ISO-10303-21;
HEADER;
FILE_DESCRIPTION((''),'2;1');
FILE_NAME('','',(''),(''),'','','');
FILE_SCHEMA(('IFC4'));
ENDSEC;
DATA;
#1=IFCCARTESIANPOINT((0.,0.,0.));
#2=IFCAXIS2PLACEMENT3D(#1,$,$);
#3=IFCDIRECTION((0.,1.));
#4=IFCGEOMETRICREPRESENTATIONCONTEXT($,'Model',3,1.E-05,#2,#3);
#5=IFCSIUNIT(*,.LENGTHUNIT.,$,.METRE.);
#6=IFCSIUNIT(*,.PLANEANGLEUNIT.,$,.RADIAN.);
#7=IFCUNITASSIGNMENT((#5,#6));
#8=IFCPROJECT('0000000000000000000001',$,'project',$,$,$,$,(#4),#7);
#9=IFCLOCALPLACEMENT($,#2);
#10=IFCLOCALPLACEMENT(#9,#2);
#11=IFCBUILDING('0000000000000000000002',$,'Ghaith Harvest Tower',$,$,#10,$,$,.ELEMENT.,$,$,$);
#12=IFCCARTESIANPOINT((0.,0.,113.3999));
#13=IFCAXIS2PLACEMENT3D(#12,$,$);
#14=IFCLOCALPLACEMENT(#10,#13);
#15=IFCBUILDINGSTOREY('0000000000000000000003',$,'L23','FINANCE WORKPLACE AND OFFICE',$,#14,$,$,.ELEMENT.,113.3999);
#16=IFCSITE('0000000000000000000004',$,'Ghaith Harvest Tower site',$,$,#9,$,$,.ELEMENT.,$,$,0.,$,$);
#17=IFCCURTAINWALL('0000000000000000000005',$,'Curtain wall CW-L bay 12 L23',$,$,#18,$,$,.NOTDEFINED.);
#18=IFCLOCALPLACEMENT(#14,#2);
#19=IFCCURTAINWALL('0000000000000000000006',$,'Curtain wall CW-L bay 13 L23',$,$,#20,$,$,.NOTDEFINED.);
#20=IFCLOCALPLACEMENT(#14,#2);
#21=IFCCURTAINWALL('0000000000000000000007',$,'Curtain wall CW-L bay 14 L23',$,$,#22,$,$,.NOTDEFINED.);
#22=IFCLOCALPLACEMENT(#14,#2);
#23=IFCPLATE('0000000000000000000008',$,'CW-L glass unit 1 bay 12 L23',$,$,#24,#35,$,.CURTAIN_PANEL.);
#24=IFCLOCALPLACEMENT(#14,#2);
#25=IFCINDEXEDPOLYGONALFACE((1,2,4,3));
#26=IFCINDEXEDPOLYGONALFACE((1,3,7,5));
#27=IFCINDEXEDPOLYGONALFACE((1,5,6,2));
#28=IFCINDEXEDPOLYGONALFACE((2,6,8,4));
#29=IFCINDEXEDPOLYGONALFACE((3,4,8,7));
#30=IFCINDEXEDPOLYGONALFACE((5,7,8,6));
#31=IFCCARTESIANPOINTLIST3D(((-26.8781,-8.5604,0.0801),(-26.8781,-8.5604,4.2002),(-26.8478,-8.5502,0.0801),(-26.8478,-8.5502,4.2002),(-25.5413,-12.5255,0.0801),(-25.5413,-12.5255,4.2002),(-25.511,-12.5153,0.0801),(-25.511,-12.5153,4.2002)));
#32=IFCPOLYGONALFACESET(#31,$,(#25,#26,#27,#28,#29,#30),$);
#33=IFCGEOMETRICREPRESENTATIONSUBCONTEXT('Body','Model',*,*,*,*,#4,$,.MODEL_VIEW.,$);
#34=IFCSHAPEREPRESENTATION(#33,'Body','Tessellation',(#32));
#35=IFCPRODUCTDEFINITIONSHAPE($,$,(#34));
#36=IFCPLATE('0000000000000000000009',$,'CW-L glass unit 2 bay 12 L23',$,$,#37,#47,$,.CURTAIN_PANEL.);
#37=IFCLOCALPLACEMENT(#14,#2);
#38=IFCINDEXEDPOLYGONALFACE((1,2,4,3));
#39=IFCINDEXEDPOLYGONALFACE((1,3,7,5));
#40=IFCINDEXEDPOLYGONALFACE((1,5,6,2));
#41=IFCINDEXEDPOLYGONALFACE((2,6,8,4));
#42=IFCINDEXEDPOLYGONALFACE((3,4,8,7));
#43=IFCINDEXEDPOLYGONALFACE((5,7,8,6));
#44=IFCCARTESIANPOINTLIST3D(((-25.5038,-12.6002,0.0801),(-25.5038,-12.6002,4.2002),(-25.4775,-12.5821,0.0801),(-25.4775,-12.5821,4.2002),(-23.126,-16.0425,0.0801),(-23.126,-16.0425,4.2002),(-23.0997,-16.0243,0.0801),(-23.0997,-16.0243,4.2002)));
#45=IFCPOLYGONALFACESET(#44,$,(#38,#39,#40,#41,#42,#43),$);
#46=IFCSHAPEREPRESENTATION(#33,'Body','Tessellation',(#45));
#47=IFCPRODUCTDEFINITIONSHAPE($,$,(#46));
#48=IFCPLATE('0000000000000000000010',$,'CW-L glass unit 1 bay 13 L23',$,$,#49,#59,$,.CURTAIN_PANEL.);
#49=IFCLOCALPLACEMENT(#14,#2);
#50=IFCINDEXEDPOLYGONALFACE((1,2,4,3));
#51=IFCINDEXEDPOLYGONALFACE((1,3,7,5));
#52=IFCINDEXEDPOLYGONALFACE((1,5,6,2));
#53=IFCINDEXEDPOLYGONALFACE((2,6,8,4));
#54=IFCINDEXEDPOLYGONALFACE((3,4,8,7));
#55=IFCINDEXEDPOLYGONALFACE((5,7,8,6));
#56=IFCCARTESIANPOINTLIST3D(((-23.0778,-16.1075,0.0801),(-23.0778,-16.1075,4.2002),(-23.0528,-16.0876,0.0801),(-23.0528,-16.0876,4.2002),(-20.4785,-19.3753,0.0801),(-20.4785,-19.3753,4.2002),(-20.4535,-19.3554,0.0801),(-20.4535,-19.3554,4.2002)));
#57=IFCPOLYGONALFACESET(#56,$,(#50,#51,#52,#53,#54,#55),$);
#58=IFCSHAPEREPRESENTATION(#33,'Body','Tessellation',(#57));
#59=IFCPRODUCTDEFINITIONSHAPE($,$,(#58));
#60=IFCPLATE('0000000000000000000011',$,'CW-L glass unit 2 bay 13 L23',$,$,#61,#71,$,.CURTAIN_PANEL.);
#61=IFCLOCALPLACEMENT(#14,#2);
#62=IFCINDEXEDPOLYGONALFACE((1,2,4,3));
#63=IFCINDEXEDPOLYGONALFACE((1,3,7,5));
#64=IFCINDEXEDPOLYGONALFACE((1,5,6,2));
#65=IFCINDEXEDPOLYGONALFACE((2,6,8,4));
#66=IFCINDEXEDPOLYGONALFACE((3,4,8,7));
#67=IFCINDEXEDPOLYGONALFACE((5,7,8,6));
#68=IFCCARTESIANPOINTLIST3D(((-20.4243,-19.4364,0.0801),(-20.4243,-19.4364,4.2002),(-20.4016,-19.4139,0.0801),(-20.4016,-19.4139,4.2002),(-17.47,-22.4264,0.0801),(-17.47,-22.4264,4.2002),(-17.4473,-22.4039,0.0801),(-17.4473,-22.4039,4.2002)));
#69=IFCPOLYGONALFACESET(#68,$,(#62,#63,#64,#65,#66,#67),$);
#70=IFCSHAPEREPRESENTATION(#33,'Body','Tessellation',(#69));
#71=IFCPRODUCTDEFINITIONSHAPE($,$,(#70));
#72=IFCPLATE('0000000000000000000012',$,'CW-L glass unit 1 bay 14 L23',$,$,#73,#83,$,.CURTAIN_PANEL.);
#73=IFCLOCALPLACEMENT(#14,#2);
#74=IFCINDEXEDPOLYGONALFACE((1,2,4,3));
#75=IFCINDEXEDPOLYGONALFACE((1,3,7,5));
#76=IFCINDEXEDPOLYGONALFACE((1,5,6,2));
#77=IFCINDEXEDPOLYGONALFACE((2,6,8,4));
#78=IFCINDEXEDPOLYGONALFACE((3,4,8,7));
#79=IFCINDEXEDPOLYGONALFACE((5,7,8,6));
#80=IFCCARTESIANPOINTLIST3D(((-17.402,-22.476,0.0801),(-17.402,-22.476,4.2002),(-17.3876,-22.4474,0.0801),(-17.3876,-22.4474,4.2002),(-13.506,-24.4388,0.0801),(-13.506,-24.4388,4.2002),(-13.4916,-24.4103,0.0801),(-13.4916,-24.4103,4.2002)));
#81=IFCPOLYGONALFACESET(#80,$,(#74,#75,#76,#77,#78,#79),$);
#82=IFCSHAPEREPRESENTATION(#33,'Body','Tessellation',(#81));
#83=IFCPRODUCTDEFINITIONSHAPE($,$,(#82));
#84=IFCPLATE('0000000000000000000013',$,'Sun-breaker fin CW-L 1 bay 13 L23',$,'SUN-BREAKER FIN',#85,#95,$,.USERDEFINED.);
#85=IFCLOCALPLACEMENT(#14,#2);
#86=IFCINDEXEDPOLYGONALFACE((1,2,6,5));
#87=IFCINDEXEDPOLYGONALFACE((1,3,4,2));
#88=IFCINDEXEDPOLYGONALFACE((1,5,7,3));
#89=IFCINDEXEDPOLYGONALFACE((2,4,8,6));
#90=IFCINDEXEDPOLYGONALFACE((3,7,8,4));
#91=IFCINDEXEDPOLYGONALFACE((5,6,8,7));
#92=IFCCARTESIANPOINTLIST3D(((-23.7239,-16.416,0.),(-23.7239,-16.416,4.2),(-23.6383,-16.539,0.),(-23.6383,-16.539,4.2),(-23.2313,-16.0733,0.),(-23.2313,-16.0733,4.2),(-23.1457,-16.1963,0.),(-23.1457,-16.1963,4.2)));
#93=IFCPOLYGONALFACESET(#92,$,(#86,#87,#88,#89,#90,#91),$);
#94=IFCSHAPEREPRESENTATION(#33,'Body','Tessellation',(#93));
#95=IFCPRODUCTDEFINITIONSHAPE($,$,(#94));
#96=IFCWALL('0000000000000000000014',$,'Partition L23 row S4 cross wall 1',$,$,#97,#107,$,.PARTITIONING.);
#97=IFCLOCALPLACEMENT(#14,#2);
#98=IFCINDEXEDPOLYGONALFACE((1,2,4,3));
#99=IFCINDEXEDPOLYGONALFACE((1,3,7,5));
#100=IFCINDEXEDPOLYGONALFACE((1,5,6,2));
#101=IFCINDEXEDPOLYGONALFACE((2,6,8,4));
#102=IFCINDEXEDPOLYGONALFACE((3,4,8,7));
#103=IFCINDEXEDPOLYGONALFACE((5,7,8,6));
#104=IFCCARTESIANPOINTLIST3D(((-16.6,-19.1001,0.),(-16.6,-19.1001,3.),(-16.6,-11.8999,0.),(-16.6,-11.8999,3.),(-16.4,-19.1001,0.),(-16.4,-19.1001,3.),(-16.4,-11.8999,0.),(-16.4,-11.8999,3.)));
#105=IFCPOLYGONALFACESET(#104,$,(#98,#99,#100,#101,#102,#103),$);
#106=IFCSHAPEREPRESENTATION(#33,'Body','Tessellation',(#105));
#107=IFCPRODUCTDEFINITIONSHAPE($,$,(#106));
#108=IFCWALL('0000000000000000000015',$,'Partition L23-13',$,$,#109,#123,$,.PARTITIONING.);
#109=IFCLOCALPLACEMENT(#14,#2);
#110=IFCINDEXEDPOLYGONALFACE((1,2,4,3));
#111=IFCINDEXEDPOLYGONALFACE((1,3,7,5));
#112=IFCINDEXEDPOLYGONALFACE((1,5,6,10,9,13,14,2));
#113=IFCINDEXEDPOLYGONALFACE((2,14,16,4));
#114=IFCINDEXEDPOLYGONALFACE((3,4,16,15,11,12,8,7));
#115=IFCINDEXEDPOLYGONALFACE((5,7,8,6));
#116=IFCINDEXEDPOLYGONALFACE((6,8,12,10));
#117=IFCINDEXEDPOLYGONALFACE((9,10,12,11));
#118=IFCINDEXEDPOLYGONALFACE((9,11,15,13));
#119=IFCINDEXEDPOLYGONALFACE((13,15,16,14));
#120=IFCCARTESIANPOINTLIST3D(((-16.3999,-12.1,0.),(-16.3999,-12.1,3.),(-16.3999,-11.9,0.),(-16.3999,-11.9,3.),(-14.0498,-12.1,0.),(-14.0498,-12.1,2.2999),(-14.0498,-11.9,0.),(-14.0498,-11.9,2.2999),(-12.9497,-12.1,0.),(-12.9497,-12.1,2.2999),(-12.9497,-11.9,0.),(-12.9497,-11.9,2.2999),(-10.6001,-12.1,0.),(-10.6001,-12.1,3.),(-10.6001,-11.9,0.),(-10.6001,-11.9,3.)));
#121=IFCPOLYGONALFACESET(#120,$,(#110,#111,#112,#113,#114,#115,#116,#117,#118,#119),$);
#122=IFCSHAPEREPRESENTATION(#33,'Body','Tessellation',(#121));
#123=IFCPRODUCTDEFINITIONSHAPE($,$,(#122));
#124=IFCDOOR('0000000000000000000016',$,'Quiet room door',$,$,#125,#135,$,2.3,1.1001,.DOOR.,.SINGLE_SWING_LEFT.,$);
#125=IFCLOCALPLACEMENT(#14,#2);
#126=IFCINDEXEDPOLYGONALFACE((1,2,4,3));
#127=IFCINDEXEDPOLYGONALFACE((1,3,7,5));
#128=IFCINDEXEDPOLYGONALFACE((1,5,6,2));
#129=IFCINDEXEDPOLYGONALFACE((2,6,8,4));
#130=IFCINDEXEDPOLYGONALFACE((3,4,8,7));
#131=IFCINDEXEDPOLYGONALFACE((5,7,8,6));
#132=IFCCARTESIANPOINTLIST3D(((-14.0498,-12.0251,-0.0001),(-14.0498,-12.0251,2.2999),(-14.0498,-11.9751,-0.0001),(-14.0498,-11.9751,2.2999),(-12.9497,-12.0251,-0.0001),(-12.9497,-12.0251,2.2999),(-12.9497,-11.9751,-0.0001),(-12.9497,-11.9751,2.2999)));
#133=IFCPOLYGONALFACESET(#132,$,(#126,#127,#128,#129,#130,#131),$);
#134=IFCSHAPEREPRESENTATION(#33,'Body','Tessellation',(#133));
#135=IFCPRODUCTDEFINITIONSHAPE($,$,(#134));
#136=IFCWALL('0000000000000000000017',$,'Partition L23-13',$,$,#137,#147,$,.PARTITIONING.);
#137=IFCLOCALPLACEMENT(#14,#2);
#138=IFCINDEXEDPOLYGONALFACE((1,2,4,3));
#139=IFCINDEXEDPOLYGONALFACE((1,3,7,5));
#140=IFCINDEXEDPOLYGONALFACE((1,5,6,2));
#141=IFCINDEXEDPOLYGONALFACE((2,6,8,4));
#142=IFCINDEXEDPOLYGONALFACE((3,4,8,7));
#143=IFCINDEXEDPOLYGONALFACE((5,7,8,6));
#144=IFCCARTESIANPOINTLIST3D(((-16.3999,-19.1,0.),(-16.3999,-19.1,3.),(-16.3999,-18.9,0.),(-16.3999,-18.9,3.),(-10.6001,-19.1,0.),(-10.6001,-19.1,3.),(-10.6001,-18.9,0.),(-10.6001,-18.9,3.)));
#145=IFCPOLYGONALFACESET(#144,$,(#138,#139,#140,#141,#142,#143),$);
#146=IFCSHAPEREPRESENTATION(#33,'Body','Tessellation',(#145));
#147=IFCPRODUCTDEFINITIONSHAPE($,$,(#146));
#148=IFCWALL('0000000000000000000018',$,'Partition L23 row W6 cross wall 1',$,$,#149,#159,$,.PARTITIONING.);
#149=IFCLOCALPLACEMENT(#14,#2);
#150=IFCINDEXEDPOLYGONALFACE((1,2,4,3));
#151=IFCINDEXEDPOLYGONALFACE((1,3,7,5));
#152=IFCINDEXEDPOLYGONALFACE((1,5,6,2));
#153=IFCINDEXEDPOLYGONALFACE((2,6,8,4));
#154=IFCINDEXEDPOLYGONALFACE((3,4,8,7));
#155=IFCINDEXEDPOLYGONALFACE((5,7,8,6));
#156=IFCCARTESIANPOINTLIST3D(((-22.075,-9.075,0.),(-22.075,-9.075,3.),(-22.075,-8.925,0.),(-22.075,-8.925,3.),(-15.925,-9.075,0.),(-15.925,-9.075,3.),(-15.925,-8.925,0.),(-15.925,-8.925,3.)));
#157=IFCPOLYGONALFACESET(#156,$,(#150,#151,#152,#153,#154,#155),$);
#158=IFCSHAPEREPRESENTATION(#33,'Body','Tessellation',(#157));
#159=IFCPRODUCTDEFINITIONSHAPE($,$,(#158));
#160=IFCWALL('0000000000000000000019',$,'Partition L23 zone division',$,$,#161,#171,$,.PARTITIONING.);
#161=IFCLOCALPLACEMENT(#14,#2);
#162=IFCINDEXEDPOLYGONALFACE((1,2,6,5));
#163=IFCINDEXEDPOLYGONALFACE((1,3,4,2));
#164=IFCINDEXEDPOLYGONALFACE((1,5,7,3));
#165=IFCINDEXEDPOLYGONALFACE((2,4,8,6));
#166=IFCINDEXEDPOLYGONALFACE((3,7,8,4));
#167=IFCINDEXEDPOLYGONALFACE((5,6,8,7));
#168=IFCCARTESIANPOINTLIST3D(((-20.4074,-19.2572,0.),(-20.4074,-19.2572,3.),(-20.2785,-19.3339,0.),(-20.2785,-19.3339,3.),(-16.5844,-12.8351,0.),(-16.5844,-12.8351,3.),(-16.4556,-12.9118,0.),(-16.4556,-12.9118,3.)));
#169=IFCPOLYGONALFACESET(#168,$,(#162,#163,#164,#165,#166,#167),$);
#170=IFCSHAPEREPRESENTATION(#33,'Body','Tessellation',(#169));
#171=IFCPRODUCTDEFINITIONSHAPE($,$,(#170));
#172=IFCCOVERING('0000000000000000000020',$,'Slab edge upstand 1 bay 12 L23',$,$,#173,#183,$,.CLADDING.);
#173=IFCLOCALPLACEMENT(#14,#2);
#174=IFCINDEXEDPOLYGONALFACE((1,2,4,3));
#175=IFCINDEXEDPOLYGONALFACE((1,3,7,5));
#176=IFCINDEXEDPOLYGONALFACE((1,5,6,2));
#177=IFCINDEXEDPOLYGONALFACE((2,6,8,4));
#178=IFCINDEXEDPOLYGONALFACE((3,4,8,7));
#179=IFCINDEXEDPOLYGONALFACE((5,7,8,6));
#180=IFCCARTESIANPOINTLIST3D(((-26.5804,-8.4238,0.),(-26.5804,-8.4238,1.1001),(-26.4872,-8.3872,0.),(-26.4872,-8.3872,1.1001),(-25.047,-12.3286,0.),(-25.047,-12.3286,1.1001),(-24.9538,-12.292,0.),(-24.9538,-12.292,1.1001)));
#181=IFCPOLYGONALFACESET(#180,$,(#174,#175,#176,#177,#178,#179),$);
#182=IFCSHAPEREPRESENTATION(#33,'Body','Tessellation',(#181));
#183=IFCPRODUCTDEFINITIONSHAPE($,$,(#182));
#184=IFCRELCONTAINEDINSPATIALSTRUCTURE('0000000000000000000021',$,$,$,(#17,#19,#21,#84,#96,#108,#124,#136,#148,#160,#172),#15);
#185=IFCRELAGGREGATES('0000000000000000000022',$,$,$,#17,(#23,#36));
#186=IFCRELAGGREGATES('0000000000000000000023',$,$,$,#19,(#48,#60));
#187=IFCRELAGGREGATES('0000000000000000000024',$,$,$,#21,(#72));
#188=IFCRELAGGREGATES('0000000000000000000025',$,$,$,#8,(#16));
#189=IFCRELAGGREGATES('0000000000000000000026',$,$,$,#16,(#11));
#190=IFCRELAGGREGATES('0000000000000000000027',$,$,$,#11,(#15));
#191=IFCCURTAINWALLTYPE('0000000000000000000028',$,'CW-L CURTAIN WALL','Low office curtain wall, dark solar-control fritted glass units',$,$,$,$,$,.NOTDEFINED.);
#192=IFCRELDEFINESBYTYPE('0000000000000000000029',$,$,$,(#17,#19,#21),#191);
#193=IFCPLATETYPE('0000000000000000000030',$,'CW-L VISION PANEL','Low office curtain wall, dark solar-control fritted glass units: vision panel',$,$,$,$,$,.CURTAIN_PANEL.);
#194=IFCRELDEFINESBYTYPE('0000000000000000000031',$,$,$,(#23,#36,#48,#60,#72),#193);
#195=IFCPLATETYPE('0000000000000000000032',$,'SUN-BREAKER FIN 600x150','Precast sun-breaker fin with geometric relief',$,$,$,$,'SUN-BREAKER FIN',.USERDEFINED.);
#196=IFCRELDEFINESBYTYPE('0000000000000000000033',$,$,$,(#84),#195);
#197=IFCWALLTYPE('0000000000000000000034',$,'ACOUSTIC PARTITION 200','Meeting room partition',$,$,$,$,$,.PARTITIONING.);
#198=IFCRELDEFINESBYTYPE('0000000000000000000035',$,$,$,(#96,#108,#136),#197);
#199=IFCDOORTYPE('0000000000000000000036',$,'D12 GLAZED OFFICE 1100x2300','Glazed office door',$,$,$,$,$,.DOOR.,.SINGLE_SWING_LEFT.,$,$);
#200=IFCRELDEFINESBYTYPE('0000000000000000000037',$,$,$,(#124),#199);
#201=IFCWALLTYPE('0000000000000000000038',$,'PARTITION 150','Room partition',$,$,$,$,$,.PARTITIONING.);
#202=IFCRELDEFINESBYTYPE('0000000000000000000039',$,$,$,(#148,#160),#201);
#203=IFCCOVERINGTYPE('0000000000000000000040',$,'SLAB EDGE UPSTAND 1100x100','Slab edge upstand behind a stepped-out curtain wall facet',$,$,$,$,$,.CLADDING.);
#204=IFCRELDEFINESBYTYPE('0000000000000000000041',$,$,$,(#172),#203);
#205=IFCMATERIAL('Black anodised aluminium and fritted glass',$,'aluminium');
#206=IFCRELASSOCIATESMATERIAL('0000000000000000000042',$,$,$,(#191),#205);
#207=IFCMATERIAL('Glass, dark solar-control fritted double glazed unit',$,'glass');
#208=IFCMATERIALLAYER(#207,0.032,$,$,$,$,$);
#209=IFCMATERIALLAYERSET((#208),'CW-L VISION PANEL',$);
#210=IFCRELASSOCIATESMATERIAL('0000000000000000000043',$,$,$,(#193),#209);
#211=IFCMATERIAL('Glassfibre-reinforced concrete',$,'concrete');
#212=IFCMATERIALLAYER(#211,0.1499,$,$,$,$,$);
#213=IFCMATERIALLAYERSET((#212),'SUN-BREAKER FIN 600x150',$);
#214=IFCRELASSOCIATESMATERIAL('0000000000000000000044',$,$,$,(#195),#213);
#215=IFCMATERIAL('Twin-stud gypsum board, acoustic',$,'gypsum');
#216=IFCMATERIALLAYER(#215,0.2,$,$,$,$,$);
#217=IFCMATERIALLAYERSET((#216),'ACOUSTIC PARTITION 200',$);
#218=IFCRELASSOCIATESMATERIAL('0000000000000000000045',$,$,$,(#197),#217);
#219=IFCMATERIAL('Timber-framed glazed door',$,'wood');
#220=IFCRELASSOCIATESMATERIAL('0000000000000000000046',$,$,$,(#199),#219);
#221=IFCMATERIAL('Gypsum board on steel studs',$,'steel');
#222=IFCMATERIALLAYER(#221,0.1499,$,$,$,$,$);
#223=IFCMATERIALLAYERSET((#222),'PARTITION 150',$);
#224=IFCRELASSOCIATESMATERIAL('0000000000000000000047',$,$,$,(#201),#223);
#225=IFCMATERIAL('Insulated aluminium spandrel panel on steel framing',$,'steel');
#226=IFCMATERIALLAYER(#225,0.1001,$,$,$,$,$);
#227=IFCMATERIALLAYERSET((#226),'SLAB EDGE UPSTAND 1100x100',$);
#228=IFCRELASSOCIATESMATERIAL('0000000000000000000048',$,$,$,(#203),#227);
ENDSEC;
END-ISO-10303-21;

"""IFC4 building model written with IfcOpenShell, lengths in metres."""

from ifc_helpers import new_model, si_unit, direction, frame, frame_2d, origin, origin_2d, place, context, subcontext, project, spatial, rectangle, extrude, material, layer, layer_set, type_object, element, fill, aggregate, save


model = new_model("IFC4")

# Units and contexts
model_context = context("Model", 3, precision=1e-05, world=origin(), true_north=direction((0.0, 1.0)))
body_context = subcontext(model_context, "Body", "Model", "MODEL_VIEW")
ifc_project = project(units=[si_unit("LENGTHUNIT", "METRE"), si_unit("PLANEANGLEUNIT", "RADIAN")], contexts=[model_context])

# Site, building, storey
site_placement = place(None, origin())
site = spatial("IfcSite", under=ifc_project, at=site_placement, Name="Ghaith Harvest Tower site", CompositionType="ELEMENT", RefElevation=0.0)
building_placement = place(site_placement, origin())
building = spatial("IfcBuilding", under=site, at=building_placement, Name="Ghaith Harvest Tower", CompositionType="ELEMENT")
storey_placement = place(building_placement, frame((0.0, 0.0, 113.3999)))
storey = spatial("IfcBuildingStorey", under=building, at=storey_placement, Name="L23", Description="FINANCE WORKPLACE AND OFFICE", CompositionType="ELEMENT", Elevation=113.3999)

# Curtain wall
ifc_material_1 = material(Name="Black anodised aluminium and fritted glass", Category="aluminium")
curtain_wall_type = type_object("IfcCurtainWallType", Name="CW-L CURTAIN WALL", Description="Low office curtain wall, dark solar-control fritted glass units", PredefinedType="NOTDEFINED", material=ifc_material_1)
curtain_wall_1_placement = place(storey_placement, origin())
curtain_wall_1 = element("IfcCurtainWall", 1, at=curtain_wall_1_placement, inside=storey, type_object=curtain_wall_type, Name="Curtain wall CW-L bay 12 L23", PredefinedType="NOTDEFINED")

# Curtain wall
curtain_wall_2_placement = place(storey_placement, origin())
curtain_wall_2 = element("IfcCurtainWall", 2, at=curtain_wall_2_placement, inside=storey, type_object=curtain_wall_type, Name="Curtain wall CW-L bay 13 L23", PredefinedType="NOTDEFINED")

# Curtain wall
curtain_wall_3_placement = place(storey_placement, origin())
curtain_wall_3 = element("IfcCurtainWall", 3, at=curtain_wall_3_placement, inside=storey, type_object=curtain_wall_type, Name="Curtain wall CW-L bay 14 L23", PredefinedType="NOTDEFINED")

# Plates
ifc_material_2 = material(Name="Glass, dark solar-control fritted double glazed unit", Category="glass")
ifc_layer_1 = layer(ifc_material_2, 0.032)
ifc_layer_set_1 = layer_set([ifc_layer_1], Name="CW-L VISION PANEL")
plate_type_1 = type_object("IfcPlateType", Name="CW-L VISION PANEL", Description="Low office curtain wall, dark solar-control fritted glass units: vision panel", PredefinedType="CURTAIN_PANEL", material=ifc_layer_set_1)
plate_1_placement = place(storey_placement, frame((-26.1946, -10.5378, 0.0801), z_axis=(0.0, 0.0, 1.0), x_axis=(0.319477, -0.947594, 0.0)))
plate_1 = element("IfcPlate", 4, at=plate_1_placement, type_object=plate_type_1, Name="CW-L glass unit 1 bay 12 L23", PredefinedType="CURTAIN_PANEL", context=body_context, shape_type="SweptSolid", body=[
    extrude(rectangle(XDim=4.1843, YDim=0.032, at=origin_2d()), origin(), (0.0, 0.0, 1.0), 4.1201),
])
plate_2_placement = place(storey_placement, frame((-24.3018, -14.3123, 0.0801), z_axis=(0.0, 0.0, 1.0), x_axis=(0.568348, -0.822788, 0.0)))
plate_2 = element("IfcPlate", 5, at=plate_2_placement, type_object=plate_type_1, Name="CW-L glass unit 2 bay 12 L23", PredefinedType="CURTAIN_PANEL", context=body_context, shape_type="SweptSolid", body=[
    extrude(rectangle(XDim=4.1836, YDim=0.032, at=origin_2d()), origin(), (0.0, 0.0, 1.0), 4.1201),
])
aggregate(curtain_wall_1, [plate_1, plate_2])
plate_3_placement = place(storey_placement, frame((-21.7656, -17.7314, 0.0801), z_axis=(0.0, 0.0, 1.0), x_axis=(0.622507, -0.782614, 0.0)))
plate_3 = element("IfcPlate", 6, at=plate_3_placement, type_object=plate_type_1, Name="CW-L glass unit 1 bay 13 L23", PredefinedType="CURTAIN_PANEL", context=body_context, shape_type="SweptSolid", body=[
    extrude(rectangle(XDim=4.1755, YDim=0.032, at=origin_2d()), origin(), (0.0, 0.0, 1.0), 4.1201),
])
plate_4_placement = place(storey_placement, frame((-18.9358, -20.9202, 0.0801), z_axis=(0.0, 0.0, 1.0), x_axis=(0.702843, -0.711345, 0.0)))
plate_4 = element("IfcPlate", 7, at=plate_4_placement, type_object=plate_type_1, Name="CW-L glass unit 2 bay 13 L23", PredefinedType="CURTAIN_PANEL", context=body_context, shape_type="SweptSolid", body=[
    extrude(rectangle(XDim=4.2034, YDim=0.032, at=origin_2d()), origin(), (0.0, 0.0, 1.0), 4.1201),
])
aggregate(curtain_wall_2, [plate_3, plate_4])
plate_5_placement = place(storey_placement, frame((-15.4468, -23.4431, 0.0801), z_axis=(0.0, 0.0, 1.0), x_axis=(0.893062, -0.449933, 0.0)))
plate_5 = element("IfcPlate", 8, at=plate_5_placement, type_object=plate_type_1, Name="CW-L glass unit 1 bay 14 L23", PredefinedType="CURTAIN_PANEL", context=body_context, shape_type="SweptSolid", body=[
    extrude(rectangle(XDim=4.3625, YDim=0.032, at=origin_2d()), origin(), (0.0, 0.0, 1.0), 4.1201),
])
aggregate(curtain_wall_3, [plate_5])
ifc_material_3 = material(Name="Glassfibre-reinforced concrete", Category="concrete")
ifc_layer_2 = layer(ifc_material_3, 0.1499)
ifc_layer_set_2 = layer_set([ifc_layer_2], Name="SUN-BREAKER FIN 600x150")
plate_type_2 = type_object("IfcPlateType", Name="SUN-BREAKER FIN 600x150", Description="Precast sun-breaker fin with geometric relief", ElementType="SUN-BREAKER FIN", PredefinedType="USERDEFINED", material=ifc_layer_set_2)
plate_6_placement = place(storey_placement, frame((-23.4348, -16.3062, 0.0), z_axis=(0.0, 0.0, 1.0), x_axis=(-0.820845, -0.57115, 0.0)))
element("IfcPlate", 9, at=plate_6_placement, inside=storey, type_object=plate_type_2, Name="Sun-breaker fin CW-L 1 bay 13 L23", ObjectType="SUN-BREAKER FIN", PredefinedType="USERDEFINED", context=body_context, shape_type="SweptSolid", body=[
    extrude(rectangle(XDim=0.6001, YDim=0.1499, at=origin_2d()), origin(), (0.0, 0.0, 1.0), 4.2),
])

# Wall
ifc_material_4 = material(Name="Twin-stud gypsum board, acoustic", Category="gypsum")
ifc_layer_3 = layer(ifc_material_4, 0.2)
ifc_layer_set_3 = layer_set([ifc_layer_3], Name="ACOUSTIC PARTITION 200")
wall_type_1 = type_object("IfcWallType", Name="ACOUSTIC PARTITION 200", Description="Meeting room partition", PredefinedType="PARTITIONING", material=ifc_layer_set_3)
wall_1_placement = place(storey_placement, frame((-16.5, -11.8999, 0.0), z_axis=(0.0, 0.0, 1.0), x_axis=(0.0, -1.0, 0.0)))
element("IfcWall", 10, at=wall_1_placement, inside=storey, type_object=wall_type_1, Name="Partition L23 row S4 cross wall 1", PredefinedType="PARTITIONING", context=body_context, shape_type="SweptSolid", body=[
    extrude(rectangle(XDim=7.2002, YDim=0.2, at=frame_2d((3.6001, 0.0))), origin(), (0.0, 0.0, 1.0), 3.0),
])

# Wall, opening, door
wall_2_placement = place(storey_placement, frame((-16.3999, -12.0, 0.0), z_axis=(0.0, 0.0, 1.0), x_axis=(1.0, 0.0, 0.0)))
wall_2 = element("IfcWall", 11, at=wall_2_placement, inside=storey, type_object=wall_type_1, Name="Partition L23-13", PredefinedType="PARTITIONING", context=body_context, shape_type="SweptSolid", body=[
    extrude(rectangle(XDim=5.7998, YDim=0.2, at=frame_2d((2.8999, 0.0))), origin(), (0.0, 0.0, 1.0), 3.0),
])
opening_1_placement = place(wall_2_placement, frame((2.3501, 0.0, 0.0)))
opening_1 = element("IfcOpeningElement", 12, at=opening_1_placement, cuts=wall_2, PredefinedType="OPENING", context=body_context, shape_type="SweptSolid", body=[
    extrude(rectangle(XDim=1.1001, YDim=2.3, at=frame_2d((0.55, 1.1499))), frame((0.0, 0.1099, 0.0), z_axis=(0.0, -1.0, 0.0), x_axis=(1.0, 0.0, 0.0)), (0.0, 0.0, 1.0), 0.22),
])
ifc_material_5 = material(Name="Timber-framed glazed door", Category="wood")
door_type_1 = type_object("IfcDoorType", Name="D12 GLAZED OFFICE 1100x2300", Description="Glazed office door", OperationType="SINGLE_SWING_LEFT", PredefinedType="DOOR", material=ifc_material_5)
door_1_placement = place(opening_1_placement, origin())
door_1 = element("IfcDoor", 13, at=door_1_placement, inside=storey, type_object=door_type_1, Name="Quiet room door", OperationType="SINGLE_SWING_LEFT", OverallHeight=2.3, OverallWidth=1.1001, PredefinedType="DOOR", context=body_context, shape_type="SweptSolid", body=[
    extrude(rectangle(XDim=1.1001, YDim=2.3, at=frame_2d((0.55, 1.1499))), frame((0.0, 0.0249, 0.0), z_axis=(0.0, -1.0, 0.0), x_axis=(1.0, 0.0, 0.0)), (0.0, 0.0, 1.0), 0.05),
])
fill(opening_1, door_1)

# Wall
wall_3_placement = place(storey_placement, frame((-16.3999, -19.0, 0.0), z_axis=(0.0, 0.0, 1.0), x_axis=(1.0, 0.0, 0.0)))
element("IfcWall", 14, at=wall_3_placement, inside=storey, type_object=wall_type_1, Name="Partition L23-13", PredefinedType="PARTITIONING", context=body_context, shape_type="SweptSolid", body=[
    extrude(rectangle(XDim=5.7998, YDim=0.2, at=frame_2d((2.8999, 0.0))), origin(), (0.0, 0.0, 1.0), 3.0),
])

# Walls
ifc_material_6 = material(Name="Gypsum board on steel studs", Category="steel")
ifc_layer_4 = layer(ifc_material_6, 0.1499)
ifc_layer_set_4 = layer_set([ifc_layer_4], Name="PARTITION 150")
wall_type_2 = type_object("IfcWallType", Name="PARTITION 150", Description="Room partition", PredefinedType="PARTITIONING", material=ifc_layer_set_4)
wall_4_placement = place(storey_placement, frame((-15.925, -9.0, 0.0), z_axis=(0.0, 0.0, 1.0), x_axis=(-1.0, 0.0, 0.0)))
element("IfcWall", 15, at=wall_4_placement, inside=storey, type_object=wall_type_2, Name="Partition L23 row W6 cross wall 1", PredefinedType="PARTITIONING", context=body_context, shape_type="SweptSolid", body=[
    extrude(rectangle(XDim=6.1499, YDim=0.1499, at=frame_2d((3.075, 0.0))), origin(), (0.0, 0.0, 1.0), 3.0),
])
wall_5_placement = place(storey_placement, frame((-16.52, -12.8735, 0.0), z_axis=(0.0, 0.0, 1.0), x_axis=(-0.511514, -0.859275, 0.0)))
element("IfcWall", 16, at=wall_5_placement, inside=storey, type_object=wall_type_2, Name="Partition L23 zone division", PredefinedType="PARTITIONING", context=body_context, shape_type="SweptSolid", body=[
    extrude(rectangle(XDim=7.4739, YDim=0.1499, at=frame_2d((3.7368, 0.0))), origin(), (0.0, 0.0, 1.0), 3.0),
])

# Covering
ifc_material_7 = material(Name="Insulated aluminium spandrel panel on steel framing", Category="steel")
ifc_layer_5 = layer(ifc_material_7, 0.1001)
ifc_layer_set_5 = layer_set([ifc_layer_5], Name="SLAB EDGE UPSTAND 1100x100")
covering_type = type_object("IfcCoveringType", Name="SLAB EDGE UPSTAND 1100x100", Description="Slab edge upstand behind a stepped-out curtain wall facet", PredefinedType="CLADDING", material=ifc_layer_set_5)
covering_1_placement = place(storey_placement, frame((-25.7671, -10.3579, 0.0), z_axis=(0.0, 0.0, 1.0), x_axis=(0.365515, -0.930805, 0.0)))
element("IfcCovering", 17, at=covering_1_placement, inside=storey, type_object=covering_type, Name="Slab edge upstand 1 bay 12 L23", PredefinedType="CLADDING", context=body_context, shape_type="SweptSolid", body=[
    extrude(rectangle(XDim=4.1951, YDim=0.1001, at=origin_2d()), origin(), (0.0, 0.0, 1.0), 1.1001),
])

save(model, "model.ifc")
